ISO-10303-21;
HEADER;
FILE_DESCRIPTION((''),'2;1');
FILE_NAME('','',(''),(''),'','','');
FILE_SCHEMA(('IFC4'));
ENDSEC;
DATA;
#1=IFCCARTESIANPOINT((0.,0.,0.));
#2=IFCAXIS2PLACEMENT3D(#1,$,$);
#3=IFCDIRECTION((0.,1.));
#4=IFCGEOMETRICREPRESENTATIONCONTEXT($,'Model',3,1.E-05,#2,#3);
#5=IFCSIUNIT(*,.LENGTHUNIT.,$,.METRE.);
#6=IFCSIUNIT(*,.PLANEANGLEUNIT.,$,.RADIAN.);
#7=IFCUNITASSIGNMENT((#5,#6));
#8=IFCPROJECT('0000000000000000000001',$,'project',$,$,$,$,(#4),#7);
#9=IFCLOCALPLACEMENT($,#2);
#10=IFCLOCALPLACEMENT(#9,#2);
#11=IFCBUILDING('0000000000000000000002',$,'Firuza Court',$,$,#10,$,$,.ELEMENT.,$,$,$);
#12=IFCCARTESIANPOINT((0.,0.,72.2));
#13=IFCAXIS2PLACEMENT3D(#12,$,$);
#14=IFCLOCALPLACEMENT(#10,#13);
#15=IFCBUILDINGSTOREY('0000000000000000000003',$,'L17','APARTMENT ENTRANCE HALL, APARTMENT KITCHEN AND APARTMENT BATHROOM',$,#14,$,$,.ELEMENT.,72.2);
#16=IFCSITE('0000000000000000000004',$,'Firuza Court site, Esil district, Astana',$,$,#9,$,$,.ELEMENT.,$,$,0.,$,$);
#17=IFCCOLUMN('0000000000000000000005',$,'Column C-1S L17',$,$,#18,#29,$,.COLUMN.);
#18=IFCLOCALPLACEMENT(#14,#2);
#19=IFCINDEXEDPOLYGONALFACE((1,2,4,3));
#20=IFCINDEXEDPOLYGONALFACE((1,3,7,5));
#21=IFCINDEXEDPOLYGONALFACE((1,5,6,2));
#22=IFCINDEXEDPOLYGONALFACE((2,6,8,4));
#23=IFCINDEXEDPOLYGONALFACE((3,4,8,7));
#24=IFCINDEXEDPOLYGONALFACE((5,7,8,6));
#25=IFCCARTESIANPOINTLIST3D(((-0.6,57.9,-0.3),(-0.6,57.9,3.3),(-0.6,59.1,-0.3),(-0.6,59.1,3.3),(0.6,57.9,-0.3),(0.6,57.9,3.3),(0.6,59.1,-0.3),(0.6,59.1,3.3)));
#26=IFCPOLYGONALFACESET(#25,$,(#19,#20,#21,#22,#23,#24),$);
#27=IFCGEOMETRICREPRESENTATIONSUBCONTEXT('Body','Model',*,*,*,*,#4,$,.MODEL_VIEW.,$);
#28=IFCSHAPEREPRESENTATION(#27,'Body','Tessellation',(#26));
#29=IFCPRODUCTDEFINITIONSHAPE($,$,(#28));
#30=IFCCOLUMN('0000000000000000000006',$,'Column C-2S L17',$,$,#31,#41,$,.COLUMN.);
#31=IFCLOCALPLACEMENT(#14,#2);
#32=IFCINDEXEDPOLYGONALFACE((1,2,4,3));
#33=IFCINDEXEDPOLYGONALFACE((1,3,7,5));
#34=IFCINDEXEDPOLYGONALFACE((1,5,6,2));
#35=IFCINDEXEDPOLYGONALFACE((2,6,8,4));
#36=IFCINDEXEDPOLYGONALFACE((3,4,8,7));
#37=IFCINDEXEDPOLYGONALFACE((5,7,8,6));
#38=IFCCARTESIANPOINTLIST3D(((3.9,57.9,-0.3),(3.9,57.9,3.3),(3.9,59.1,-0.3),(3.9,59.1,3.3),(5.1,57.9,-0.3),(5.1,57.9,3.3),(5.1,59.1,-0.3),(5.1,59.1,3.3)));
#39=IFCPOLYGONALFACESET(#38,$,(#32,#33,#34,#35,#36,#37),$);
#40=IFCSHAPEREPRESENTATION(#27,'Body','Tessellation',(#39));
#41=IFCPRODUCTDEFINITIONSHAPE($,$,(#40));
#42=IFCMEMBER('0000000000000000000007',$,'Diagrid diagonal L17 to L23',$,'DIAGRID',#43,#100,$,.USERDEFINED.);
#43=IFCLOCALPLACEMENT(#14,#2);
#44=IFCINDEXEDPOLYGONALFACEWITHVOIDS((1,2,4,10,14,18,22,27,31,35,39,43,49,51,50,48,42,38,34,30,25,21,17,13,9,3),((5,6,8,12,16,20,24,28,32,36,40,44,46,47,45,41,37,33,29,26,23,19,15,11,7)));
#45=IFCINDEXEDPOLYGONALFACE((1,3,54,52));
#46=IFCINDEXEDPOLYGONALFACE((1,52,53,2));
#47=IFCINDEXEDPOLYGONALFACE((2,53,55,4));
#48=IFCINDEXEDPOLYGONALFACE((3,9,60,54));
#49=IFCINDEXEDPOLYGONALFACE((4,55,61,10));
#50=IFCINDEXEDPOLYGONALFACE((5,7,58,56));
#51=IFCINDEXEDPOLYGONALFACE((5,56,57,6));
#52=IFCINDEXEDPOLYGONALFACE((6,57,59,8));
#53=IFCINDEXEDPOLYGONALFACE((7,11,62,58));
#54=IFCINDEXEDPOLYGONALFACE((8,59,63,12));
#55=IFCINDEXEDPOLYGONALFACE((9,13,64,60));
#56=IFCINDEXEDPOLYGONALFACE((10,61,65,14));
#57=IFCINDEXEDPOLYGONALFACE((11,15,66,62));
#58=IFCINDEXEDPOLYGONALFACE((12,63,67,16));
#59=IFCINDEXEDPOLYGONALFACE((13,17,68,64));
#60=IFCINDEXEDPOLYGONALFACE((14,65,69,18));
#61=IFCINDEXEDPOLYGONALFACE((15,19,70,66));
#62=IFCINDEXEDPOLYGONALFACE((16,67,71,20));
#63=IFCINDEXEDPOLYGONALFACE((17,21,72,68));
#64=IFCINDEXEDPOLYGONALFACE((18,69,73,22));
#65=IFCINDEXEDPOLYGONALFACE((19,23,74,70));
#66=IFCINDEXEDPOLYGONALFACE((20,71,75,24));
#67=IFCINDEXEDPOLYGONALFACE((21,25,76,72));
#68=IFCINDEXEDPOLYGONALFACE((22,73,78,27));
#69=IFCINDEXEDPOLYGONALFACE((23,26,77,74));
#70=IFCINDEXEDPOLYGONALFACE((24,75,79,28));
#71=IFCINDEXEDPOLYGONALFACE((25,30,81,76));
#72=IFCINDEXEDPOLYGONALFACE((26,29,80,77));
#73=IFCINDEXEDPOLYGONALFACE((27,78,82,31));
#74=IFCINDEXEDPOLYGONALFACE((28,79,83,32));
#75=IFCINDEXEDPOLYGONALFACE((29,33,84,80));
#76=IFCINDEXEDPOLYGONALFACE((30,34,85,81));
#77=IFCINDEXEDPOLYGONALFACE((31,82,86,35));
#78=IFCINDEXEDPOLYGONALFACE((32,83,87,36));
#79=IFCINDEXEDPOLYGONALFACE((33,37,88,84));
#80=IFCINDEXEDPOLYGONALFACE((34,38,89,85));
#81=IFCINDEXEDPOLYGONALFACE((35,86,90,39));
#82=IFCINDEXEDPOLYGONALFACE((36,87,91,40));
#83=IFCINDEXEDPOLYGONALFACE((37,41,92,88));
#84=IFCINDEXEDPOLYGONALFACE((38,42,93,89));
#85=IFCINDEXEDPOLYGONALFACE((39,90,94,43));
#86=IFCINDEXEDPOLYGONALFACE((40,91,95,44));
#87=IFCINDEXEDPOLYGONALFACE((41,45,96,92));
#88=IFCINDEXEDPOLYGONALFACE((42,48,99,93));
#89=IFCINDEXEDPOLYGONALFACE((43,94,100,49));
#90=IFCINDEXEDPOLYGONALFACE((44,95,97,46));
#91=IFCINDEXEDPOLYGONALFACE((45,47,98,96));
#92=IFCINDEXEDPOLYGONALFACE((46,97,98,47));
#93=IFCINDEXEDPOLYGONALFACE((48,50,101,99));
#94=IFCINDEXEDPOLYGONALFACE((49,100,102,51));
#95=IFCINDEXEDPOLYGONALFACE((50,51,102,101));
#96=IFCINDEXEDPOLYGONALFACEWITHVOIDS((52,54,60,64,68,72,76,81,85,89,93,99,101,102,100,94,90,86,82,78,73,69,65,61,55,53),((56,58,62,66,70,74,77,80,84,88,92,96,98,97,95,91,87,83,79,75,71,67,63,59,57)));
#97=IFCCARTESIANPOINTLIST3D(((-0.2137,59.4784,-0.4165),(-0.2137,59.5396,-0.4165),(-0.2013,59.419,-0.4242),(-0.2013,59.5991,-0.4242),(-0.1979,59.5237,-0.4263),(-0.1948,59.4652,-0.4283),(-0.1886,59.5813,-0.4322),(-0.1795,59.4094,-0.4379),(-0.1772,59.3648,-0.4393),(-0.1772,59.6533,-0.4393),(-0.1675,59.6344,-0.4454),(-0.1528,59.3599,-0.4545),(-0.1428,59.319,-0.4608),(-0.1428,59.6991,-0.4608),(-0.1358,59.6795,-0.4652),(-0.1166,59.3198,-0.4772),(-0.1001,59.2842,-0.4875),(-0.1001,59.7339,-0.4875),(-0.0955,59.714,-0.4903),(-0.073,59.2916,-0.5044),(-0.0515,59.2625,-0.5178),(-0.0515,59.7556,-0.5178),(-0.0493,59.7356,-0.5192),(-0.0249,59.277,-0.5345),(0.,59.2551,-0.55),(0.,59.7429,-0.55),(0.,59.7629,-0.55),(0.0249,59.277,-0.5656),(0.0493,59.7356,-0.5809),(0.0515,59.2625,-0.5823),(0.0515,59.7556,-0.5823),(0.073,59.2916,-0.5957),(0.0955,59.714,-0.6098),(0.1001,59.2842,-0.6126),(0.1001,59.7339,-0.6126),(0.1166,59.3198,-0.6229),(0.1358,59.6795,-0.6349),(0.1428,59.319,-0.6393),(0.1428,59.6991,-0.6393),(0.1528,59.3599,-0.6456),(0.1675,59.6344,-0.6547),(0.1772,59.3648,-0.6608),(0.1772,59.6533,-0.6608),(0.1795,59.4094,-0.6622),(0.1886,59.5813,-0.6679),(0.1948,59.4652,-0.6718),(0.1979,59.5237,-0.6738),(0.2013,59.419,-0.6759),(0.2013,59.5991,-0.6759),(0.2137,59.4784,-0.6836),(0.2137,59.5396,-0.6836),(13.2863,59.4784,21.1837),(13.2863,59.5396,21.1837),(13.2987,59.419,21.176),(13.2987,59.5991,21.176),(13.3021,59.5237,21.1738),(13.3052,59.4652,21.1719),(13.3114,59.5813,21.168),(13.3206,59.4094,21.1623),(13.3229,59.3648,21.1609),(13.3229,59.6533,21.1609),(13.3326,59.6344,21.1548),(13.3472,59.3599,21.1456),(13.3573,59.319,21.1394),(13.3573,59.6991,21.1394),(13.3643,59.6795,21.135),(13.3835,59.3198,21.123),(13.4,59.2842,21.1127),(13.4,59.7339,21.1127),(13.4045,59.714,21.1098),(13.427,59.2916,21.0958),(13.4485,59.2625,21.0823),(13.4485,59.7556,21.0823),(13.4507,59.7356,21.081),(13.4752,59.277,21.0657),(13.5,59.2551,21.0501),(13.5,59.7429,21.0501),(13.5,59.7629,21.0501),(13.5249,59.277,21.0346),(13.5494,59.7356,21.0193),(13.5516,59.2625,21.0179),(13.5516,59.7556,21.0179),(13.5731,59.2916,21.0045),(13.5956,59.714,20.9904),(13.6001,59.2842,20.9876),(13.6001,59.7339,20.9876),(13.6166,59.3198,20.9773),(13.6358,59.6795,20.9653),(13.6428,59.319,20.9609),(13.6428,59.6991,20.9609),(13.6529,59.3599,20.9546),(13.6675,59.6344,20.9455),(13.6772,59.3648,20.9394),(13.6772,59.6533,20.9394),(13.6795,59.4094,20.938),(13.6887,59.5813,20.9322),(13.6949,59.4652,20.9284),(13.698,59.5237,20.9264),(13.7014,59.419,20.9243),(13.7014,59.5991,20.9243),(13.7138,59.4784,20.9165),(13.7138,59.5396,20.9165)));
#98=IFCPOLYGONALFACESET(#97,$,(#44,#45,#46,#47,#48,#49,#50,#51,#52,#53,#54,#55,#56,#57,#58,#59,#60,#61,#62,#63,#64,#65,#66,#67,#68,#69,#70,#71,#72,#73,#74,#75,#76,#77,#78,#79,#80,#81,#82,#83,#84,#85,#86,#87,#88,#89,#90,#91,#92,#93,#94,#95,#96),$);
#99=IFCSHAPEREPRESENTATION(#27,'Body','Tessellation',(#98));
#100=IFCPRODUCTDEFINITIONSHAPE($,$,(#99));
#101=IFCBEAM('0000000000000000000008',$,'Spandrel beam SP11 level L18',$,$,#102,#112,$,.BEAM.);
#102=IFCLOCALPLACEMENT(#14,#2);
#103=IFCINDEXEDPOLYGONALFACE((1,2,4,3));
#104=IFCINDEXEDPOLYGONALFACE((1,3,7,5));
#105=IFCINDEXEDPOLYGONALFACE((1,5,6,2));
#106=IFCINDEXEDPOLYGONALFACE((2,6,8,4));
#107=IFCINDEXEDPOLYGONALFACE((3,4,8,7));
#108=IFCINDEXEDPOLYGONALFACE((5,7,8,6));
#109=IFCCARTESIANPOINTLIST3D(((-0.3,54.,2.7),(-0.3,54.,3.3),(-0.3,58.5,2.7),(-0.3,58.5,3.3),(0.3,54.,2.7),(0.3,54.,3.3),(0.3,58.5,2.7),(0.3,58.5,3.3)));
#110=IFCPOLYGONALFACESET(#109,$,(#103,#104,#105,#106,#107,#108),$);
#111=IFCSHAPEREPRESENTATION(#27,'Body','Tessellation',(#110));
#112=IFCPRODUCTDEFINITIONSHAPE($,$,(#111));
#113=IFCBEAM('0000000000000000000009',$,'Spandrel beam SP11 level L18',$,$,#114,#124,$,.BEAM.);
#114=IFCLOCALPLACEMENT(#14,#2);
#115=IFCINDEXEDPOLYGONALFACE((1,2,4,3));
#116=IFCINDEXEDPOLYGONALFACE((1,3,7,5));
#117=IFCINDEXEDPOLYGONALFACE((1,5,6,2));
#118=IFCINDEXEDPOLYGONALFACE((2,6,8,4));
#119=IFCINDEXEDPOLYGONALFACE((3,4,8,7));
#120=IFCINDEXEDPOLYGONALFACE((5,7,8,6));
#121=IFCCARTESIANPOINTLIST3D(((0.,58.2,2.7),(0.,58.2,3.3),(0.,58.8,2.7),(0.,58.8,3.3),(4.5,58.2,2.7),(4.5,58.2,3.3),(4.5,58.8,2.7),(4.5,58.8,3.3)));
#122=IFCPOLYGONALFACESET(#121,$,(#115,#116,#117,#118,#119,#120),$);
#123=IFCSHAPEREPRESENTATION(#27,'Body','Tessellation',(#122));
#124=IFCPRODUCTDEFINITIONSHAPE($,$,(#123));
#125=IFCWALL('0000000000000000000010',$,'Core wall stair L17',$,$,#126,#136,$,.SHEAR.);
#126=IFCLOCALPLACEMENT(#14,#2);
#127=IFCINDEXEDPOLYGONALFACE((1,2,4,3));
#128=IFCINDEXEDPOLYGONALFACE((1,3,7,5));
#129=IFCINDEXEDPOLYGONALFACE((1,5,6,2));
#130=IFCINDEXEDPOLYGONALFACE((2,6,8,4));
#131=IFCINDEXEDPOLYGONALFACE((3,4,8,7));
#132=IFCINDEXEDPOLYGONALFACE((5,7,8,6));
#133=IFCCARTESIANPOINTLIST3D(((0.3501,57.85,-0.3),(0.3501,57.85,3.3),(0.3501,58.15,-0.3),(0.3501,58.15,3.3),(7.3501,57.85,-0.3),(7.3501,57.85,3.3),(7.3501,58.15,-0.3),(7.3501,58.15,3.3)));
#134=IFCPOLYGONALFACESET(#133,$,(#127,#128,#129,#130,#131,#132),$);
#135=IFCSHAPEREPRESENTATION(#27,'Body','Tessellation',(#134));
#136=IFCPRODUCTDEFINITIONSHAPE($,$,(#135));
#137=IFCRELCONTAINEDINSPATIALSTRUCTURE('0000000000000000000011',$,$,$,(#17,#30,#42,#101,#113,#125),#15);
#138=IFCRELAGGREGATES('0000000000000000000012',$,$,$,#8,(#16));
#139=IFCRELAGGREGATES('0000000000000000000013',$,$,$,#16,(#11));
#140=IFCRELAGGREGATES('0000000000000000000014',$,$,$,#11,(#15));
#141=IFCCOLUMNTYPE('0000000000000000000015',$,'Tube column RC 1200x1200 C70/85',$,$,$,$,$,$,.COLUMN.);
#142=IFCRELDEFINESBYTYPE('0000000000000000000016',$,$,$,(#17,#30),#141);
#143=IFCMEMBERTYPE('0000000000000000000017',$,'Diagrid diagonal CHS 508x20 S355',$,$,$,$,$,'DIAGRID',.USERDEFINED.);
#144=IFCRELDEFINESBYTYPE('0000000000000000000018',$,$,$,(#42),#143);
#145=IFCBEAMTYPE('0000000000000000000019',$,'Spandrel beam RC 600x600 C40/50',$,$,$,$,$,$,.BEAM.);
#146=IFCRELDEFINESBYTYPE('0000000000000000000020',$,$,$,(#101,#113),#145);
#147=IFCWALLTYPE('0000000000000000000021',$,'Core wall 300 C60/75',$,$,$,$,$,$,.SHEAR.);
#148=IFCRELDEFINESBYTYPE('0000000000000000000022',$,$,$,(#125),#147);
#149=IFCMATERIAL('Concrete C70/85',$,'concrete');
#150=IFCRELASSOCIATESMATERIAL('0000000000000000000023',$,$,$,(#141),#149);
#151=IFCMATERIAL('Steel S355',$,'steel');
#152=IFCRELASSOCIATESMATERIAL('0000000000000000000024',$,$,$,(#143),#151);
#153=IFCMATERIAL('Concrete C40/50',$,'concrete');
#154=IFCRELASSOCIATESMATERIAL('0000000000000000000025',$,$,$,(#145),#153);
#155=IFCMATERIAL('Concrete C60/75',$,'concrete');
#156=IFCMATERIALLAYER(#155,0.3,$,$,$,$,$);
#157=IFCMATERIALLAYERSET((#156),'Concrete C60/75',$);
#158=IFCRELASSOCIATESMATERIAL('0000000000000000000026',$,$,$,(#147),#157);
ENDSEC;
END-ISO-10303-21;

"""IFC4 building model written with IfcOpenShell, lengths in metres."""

from ifc_helpers import new_model, si_unit, direction, frame, frame_2d, origin, origin_2d, place, context, subcontext, project, spatial, rectangle, hollow_circle, extrude, material, layer, layer_set, material_profile, profile_set, type_object, element, save


model = new_model("IFC4")

# Units and contexts
model_context = context("Model", 3, precision=1e-05, world=origin(), true_north=direction((0.0, 1.0)))
body_context = subcontext(model_context, "Body", "Model", "MODEL_VIEW")
ifc_project = project(units=[si_unit("LENGTHUNIT", "METRE"), si_unit("PLANEANGLEUNIT", "RADIAN")], contexts=[model_context])

# Site, building, storey
site_placement = place(None, origin())
site = spatial("IfcSite", under=ifc_project, at=site_placement, Name="Firuza Court site, Esil district, Astana", CompositionType="ELEMENT", RefElevation=0.0)
building_placement = place(site_placement, origin())
building = spatial("IfcBuilding", under=site, at=building_placement, Name="Firuza Court", CompositionType="ELEMENT")
storey_placement = place(building_placement, frame((0.0, 0.0, 72.2)))
storey = spatial("IfcBuildingStorey", under=building, at=storey_placement, Name="L17", Description="APARTMENT ENTRANCE HALL, APARTMENT KITCHEN AND APARTMENT BATHROOM", CompositionType="ELEMENT", Elevation=72.2)

# Columns
ifc_material_1 = material(Name="Concrete C70/85", Category="concrete")
ifc_material_profile_1 = material_profile(ifc_material_1, rectangle(XDim=1.2, YDim=1.2, at=origin_2d()), Name="RC 1200x1200")
ifc_profile_set_1 = profile_set([ifc_material_profile_1], Name="Concrete C70/85")
column_type = type_object("IfcColumnType", Name="Tube column RC 1200x1200 C70/85", PredefinedType="COLUMN", material=ifc_profile_set_1)
for number, where, z_axis, x_axis, name in (
    (1, (0.0, 58.5, -0.3), (0.0, 0.0, 1.0), (1.0, 0.0, 0.0), "Column C-1S L17"),
    (2, (4.5, 58.5, -0.3), (0.0, 0.0, 1.0), (1.0, 0.0, 0.0), "Column C-2S L17"),
):
    element("IfcColumn", number, at=place(storey_placement, frame(where, z_axis=z_axis, x_axis=x_axis)), inside=storey, type_object=column_type, Name=name, PredefinedType="COLUMN", context=body_context, shape_type="SweptSolid", body=[
        extrude(rectangle(XDim=1.2, YDim=1.2, at=origin_2d()), origin(), (0.0, 0.0, 1.0), 3.6001),
    ])

# Member
ifc_material_2 = material(Name="Steel S355", Category="steel")
ifc_material_profile_2 = material_profile(ifc_material_2, hollow_circle(Radius=0.2539, WallThickness=0.02, at=origin_2d()), Name="CHS 508x20")
ifc_profile_set_2 = profile_set([ifc_material_profile_2], Name="Steel S355")
member_type = type_object("IfcMemberType", Name="Diagrid diagonal CHS 508x20 S355", ElementType="DIAGRID", PredefinedType="USERDEFINED", material=ifc_profile_set_2)
member_placement = place(storey_placement, frame((0.0, 59.509, -0.55), z_axis=(0.529997, 0.0, 0.847999), x_axis=(0.0, 1.0, 0.0)))
element("IfcMember", 3, at=member_placement, inside=storey, type_object=member_type, Name="Diagrid diagonal L17 to L23", ObjectType="DIAGRID", PredefinedType="USERDEFINED", context=body_context, shape_type="SweptSolid", body=[
    extrude(hollow_circle(Radius=0.2539, WallThickness=0.02, at=origin_2d()), origin(), (0.0, 0.0, 1.0), 25.4719),
])

# Beams
ifc_material_3 = material(Name="Concrete C40/50", Category="concrete")
ifc_material_profile_3 = material_profile(ifc_material_3, rectangle(XDim=0.6001, YDim=0.6001, at=origin_2d()), Name="RC 600x600")
ifc_profile_set_3 = profile_set([ifc_material_profile_3], Name="Concrete C40/50")
beam_type = type_object("IfcBeamType", Name="Spandrel beam RC 600x600 C40/50", PredefinedType="BEAM", material=ifc_profile_set_3)
for number, where, z_axis, x_axis, name in (
    (4, (0.0, 58.5, 3.0), (0.0, -1.0, 0.0), (1.0, 0.0, 0.0), "Spandrel beam SP11 level L18"),
    (5, (4.5, 58.5, 3.0), (-1.0, 0.0, 0.0), (0.0, -1.0, 0.0), "Spandrel beam SP11 level L18"),
):
    element("IfcBeam", number, at=place(storey_placement, frame(where, z_axis=z_axis, x_axis=x_axis)), inside=storey, type_object=beam_type, Name=name, PredefinedType="BEAM", context=body_context, shape_type="SweptSolid", body=[
        extrude(rectangle(XDim=0.6001, YDim=0.6001, at=origin_2d()), origin(), (0.0, 0.0, 1.0), 4.5),
    ])

# Wall
ifc_material_4 = material(Name="Concrete C60/75", Category="concrete")
ifc_layer_1 = layer(ifc_material_4, 0.3)
ifc_layer_set_1 = layer_set([ifc_layer_1], Name="Concrete C60/75")
wall_type_1 = type_object("IfcWallType", Name="Core wall 300 C60/75", PredefinedType="SHEAR", material=ifc_layer_set_1)
wall_1_placement = place(storey_placement, frame((0.3501, 58.0, -0.3), z_axis=(0.0, 0.0, 1.0), x_axis=(1.0, 0.0, 0.0)))
element("IfcWall", 6, at=wall_1_placement, inside=storey, type_object=wall_type_1, Name="Core wall stair L17", PredefinedType="SHEAR", context=body_context, shape_type="SweptSolid", body=[
    extrude(rectangle(XDim=7.0, YDim=0.3, at=frame_2d((3.5, 0.0))), origin(), (0.0, 0.0, 1.0), 3.6001),
])

save(model, "model.ifc")
